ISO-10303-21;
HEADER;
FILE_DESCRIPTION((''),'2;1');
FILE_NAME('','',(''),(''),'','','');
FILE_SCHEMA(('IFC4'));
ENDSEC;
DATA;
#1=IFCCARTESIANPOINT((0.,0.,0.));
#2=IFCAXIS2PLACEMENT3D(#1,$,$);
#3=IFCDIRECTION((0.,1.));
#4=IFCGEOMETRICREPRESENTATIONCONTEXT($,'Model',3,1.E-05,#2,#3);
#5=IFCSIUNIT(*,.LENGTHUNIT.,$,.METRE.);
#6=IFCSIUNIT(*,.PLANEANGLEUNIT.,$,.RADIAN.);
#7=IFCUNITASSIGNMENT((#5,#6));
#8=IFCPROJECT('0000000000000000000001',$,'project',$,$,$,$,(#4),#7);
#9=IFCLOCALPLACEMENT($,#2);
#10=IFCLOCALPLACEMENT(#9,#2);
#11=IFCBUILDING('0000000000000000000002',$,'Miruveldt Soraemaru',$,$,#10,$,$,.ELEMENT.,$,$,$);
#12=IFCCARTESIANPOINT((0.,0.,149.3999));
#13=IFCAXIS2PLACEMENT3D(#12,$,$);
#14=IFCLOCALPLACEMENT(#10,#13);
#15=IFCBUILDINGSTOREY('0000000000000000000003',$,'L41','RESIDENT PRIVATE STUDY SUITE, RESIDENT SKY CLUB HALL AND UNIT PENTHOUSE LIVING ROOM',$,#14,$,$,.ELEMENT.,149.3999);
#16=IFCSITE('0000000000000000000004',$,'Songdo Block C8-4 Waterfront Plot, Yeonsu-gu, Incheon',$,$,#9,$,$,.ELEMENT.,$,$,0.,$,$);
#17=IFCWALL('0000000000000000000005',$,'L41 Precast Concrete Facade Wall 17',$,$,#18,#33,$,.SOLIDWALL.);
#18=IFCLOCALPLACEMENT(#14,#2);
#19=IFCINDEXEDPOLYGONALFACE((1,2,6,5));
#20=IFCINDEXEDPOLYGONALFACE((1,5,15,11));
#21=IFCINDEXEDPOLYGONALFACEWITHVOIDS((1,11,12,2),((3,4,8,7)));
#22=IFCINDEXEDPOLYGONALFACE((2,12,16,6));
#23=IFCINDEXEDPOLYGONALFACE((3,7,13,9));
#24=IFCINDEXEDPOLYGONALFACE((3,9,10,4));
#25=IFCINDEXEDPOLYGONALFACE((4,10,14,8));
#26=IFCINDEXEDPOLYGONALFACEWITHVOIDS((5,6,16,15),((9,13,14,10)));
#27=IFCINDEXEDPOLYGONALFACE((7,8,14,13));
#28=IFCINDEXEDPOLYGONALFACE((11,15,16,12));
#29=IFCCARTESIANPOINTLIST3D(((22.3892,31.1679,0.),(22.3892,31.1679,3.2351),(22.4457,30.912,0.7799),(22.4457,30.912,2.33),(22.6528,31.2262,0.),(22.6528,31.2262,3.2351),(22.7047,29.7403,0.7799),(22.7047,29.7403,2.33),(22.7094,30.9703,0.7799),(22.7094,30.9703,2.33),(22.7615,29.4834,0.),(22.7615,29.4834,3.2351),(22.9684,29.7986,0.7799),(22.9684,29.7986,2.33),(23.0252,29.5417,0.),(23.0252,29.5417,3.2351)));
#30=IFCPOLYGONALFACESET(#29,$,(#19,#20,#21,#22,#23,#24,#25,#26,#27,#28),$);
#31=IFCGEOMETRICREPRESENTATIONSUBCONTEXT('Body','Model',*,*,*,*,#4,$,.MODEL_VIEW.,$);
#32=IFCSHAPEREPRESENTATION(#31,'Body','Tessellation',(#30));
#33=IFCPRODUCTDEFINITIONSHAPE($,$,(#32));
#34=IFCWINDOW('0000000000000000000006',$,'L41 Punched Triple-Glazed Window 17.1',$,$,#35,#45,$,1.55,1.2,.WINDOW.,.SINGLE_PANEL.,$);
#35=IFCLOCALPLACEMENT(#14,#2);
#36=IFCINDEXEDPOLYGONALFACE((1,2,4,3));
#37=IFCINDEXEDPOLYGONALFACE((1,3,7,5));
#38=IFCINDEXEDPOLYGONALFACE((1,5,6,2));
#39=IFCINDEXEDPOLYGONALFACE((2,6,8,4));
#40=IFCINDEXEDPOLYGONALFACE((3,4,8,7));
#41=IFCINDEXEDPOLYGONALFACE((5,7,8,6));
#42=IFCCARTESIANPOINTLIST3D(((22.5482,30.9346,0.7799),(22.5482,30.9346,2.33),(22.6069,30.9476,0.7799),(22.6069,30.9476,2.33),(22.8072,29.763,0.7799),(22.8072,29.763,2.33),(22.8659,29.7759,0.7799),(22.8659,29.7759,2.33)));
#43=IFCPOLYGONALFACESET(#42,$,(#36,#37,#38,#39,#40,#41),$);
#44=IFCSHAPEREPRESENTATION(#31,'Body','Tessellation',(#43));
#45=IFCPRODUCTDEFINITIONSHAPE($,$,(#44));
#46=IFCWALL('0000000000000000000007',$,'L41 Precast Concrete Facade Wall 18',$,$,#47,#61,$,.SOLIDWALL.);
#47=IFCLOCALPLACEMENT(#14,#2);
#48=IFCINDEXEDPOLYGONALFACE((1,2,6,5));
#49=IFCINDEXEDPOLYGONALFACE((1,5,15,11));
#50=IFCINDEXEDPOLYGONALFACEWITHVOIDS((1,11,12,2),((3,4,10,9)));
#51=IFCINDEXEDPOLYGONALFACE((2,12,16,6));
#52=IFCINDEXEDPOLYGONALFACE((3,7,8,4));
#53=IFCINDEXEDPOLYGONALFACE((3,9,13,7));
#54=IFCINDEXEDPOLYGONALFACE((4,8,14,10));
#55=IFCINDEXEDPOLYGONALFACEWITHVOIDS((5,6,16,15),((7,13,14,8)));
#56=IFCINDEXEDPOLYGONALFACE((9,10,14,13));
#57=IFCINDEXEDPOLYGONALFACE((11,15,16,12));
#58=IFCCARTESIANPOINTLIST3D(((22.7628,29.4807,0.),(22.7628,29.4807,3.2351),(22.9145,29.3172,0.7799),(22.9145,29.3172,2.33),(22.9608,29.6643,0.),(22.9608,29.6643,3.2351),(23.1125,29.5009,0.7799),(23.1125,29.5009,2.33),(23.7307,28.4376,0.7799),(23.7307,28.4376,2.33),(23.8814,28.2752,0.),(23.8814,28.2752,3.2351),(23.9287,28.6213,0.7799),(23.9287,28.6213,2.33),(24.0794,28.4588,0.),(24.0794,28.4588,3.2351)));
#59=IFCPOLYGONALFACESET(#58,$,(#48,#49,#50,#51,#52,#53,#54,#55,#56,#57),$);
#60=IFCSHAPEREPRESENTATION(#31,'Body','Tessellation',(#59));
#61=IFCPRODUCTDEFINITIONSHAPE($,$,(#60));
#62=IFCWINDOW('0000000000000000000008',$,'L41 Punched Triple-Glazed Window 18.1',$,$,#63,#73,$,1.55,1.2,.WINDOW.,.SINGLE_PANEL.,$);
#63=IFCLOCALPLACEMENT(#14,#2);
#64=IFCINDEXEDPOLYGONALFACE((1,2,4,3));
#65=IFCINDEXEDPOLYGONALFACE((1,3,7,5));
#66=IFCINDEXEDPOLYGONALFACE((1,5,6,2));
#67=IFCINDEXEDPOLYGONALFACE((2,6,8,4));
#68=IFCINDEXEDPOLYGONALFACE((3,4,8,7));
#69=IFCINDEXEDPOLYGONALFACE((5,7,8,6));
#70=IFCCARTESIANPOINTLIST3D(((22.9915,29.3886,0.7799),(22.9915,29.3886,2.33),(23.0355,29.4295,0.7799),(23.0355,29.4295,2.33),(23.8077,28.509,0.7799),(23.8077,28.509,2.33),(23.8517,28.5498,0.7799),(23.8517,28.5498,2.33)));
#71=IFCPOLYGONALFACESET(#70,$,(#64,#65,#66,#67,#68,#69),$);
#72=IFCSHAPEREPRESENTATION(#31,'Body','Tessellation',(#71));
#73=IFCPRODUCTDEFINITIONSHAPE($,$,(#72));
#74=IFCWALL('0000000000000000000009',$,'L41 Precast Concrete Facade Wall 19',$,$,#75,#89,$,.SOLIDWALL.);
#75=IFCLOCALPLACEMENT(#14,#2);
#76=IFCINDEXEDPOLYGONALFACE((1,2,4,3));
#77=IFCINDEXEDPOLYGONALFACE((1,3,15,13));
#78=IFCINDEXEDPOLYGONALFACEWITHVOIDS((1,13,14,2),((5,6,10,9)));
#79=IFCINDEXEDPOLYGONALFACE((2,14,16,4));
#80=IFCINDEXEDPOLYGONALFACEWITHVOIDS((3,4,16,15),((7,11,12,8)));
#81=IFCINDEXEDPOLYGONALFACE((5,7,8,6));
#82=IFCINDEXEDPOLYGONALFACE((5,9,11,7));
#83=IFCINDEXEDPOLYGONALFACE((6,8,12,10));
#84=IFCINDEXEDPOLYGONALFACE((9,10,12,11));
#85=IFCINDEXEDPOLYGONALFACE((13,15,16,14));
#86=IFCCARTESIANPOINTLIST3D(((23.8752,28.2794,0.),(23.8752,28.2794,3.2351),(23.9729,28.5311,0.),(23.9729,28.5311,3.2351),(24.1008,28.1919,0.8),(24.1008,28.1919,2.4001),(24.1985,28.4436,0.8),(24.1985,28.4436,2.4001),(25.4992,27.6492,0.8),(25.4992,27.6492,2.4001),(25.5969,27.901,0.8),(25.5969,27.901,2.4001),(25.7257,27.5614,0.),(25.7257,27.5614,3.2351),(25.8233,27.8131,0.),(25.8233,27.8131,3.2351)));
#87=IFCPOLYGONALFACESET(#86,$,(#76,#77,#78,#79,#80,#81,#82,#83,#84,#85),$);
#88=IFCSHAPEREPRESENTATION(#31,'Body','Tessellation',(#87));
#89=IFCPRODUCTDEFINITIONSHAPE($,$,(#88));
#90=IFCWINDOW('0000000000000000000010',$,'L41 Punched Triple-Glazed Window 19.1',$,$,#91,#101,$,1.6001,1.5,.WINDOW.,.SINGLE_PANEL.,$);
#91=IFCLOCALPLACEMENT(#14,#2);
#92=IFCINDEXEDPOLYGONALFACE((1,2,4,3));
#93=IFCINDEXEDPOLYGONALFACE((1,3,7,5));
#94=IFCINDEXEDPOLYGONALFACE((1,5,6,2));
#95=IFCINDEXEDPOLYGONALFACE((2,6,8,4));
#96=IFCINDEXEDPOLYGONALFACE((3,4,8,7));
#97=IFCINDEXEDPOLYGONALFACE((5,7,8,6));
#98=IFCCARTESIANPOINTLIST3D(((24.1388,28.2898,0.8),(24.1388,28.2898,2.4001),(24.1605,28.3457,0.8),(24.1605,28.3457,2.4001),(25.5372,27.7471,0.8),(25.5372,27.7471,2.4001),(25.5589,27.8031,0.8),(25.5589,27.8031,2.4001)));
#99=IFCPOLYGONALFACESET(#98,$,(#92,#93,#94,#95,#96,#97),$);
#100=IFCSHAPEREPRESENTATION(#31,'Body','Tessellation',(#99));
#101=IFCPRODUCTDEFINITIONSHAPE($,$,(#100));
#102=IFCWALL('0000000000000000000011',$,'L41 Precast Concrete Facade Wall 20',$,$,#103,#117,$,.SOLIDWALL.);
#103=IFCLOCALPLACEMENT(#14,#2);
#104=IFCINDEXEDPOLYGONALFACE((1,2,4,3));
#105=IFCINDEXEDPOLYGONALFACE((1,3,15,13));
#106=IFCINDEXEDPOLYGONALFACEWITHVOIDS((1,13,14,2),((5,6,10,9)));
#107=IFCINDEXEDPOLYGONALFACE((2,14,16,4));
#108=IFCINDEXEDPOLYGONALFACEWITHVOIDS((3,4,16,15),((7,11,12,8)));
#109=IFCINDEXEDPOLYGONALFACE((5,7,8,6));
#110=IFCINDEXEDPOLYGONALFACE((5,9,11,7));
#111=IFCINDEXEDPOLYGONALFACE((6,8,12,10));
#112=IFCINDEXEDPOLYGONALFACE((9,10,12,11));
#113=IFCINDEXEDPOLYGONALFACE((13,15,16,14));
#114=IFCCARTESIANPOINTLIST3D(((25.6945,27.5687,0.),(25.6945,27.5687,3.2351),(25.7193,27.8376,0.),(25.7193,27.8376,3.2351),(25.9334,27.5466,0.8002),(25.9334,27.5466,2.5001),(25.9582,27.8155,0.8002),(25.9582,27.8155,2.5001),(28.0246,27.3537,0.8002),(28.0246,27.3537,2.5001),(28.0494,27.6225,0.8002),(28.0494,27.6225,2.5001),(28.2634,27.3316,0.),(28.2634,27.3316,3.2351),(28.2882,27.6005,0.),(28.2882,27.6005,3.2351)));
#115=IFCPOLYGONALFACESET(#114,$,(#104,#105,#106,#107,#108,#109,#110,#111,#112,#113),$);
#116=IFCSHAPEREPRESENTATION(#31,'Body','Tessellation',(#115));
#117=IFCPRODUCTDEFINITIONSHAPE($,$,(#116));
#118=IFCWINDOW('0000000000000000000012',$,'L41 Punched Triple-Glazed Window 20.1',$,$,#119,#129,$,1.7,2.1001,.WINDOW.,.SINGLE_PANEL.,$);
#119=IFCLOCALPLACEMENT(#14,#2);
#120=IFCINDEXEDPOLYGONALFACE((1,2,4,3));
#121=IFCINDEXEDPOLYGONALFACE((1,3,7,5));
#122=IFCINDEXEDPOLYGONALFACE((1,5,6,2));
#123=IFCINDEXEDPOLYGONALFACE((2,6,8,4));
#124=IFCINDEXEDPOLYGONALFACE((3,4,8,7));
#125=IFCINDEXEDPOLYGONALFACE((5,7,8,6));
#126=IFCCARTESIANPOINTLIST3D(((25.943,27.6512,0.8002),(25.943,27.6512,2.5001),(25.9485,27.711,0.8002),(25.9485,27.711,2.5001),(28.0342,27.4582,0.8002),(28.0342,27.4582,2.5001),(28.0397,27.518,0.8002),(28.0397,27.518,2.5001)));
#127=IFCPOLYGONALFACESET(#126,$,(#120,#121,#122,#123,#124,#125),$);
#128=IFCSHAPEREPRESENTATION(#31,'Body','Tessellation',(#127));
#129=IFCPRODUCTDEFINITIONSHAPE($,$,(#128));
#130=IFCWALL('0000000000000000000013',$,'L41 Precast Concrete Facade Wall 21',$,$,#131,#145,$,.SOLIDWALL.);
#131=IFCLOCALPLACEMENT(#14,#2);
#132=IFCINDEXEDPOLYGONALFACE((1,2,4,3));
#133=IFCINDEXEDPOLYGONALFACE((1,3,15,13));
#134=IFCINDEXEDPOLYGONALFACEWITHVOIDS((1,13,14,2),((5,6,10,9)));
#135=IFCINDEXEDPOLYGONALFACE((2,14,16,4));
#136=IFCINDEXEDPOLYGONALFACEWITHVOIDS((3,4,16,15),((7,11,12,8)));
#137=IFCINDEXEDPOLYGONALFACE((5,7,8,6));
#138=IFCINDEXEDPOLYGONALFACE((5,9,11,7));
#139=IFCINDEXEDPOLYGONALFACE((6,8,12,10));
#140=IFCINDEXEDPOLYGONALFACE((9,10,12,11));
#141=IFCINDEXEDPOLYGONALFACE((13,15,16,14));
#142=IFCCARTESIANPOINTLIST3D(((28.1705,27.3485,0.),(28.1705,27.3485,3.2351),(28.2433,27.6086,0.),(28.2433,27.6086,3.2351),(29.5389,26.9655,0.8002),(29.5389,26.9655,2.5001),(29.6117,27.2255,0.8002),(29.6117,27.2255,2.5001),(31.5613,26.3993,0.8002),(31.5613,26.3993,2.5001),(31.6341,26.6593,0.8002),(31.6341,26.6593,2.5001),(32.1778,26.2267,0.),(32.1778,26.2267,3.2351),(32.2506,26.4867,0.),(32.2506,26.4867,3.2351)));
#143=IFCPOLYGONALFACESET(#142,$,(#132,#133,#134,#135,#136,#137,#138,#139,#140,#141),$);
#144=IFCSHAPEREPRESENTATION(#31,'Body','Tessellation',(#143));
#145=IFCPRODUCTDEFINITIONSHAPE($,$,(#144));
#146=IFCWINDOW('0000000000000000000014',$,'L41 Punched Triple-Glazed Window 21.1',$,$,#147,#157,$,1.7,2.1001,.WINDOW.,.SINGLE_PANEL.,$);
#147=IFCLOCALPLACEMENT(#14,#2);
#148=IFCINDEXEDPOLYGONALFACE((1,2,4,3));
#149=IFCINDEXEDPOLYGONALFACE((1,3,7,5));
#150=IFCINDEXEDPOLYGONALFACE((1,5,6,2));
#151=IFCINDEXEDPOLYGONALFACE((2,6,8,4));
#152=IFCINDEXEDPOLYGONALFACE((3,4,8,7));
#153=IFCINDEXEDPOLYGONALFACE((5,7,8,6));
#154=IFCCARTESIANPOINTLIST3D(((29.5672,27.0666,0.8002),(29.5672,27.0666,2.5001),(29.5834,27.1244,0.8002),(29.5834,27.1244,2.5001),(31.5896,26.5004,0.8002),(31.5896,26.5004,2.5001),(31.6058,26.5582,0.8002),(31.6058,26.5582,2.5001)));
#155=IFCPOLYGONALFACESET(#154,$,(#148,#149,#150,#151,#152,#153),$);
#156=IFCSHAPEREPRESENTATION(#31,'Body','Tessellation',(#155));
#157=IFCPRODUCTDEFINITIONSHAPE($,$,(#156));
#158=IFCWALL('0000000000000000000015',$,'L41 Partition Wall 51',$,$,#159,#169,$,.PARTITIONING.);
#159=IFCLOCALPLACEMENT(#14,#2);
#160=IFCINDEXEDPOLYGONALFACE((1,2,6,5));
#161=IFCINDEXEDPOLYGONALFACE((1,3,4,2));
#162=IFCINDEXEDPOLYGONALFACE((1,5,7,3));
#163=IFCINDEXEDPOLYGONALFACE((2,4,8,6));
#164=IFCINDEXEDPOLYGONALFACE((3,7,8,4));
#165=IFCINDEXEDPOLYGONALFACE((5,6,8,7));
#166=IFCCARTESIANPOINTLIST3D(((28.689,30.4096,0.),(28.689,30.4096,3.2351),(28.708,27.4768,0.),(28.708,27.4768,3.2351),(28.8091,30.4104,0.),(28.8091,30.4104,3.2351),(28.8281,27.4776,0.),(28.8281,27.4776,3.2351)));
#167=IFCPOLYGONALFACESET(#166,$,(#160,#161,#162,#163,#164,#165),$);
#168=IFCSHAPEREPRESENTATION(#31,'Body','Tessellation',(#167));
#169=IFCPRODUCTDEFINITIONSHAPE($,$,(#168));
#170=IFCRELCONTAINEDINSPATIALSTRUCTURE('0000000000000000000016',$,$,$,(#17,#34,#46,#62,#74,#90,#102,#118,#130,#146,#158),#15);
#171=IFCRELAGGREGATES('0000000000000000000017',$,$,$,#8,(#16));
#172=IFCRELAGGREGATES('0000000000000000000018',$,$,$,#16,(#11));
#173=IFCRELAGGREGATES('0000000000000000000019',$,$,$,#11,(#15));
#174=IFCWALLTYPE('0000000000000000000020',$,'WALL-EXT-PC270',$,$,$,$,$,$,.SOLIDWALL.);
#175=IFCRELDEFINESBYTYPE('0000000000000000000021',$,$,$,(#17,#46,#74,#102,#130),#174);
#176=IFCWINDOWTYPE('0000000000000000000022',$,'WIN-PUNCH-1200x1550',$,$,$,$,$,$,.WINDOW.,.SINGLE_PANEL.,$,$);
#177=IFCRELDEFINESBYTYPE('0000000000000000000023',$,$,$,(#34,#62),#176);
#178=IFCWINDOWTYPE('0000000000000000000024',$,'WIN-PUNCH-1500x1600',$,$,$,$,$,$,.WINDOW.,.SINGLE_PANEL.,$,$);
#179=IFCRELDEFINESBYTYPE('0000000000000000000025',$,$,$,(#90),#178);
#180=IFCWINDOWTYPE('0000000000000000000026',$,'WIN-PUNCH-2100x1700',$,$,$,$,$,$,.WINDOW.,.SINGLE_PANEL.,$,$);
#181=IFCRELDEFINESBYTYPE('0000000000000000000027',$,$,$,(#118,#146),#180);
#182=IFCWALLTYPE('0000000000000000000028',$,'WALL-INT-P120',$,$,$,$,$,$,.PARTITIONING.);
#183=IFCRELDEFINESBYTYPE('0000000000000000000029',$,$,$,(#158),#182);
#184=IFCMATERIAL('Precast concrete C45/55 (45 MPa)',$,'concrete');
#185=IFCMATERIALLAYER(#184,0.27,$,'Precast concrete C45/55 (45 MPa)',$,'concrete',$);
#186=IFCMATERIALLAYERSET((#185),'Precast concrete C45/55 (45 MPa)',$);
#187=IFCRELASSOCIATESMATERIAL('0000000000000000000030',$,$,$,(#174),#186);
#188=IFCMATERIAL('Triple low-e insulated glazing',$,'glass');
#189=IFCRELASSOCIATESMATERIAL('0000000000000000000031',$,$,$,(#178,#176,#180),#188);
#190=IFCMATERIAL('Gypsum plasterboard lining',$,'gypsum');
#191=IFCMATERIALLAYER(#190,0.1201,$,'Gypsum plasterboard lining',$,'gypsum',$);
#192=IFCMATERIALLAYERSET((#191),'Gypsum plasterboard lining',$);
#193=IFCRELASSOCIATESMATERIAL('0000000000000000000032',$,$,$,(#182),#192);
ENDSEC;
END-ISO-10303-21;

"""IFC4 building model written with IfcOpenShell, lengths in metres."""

from ifc_helpers import new_model, si_unit, direction, frame, frame_2d, origin, place, context, subcontext, project, spatial, rectangle, extrude, material, layer, layer_set, type_object, element, fill, save


model = new_model("IFC4")

# Units and contexts
model_context = context("Model", 3, precision=1e-05, world=origin(), true_north=direction((0.0, 1.0)))
body_context = subcontext(model_context, "Body", "Model", "MODEL_VIEW")
ifc_project = project(units=[si_unit("LENGTHUNIT", "METRE"), si_unit("PLANEANGLEUNIT", "RADIAN")], contexts=[model_context])

# Site, building, storey
site_placement = place(None, origin())
site = spatial("IfcSite", under=ifc_project, at=site_placement, Name="Songdo Block C8-4 Waterfront Plot, Yeonsu-gu, Incheon", CompositionType="ELEMENT", RefElevation=0.0)
building_placement = place(site_placement, origin())
building = spatial("IfcBuilding", under=site, at=building_placement, Name="Miruveldt Soraemaru", CompositionType="ELEMENT")
storey_placement = place(building_placement, frame((0.0, 0.0, 149.3999)))
storey = spatial("IfcBuildingStorey", under=building, at=storey_placement, Name="L41", Description="RESIDENT PRIVATE STUDY SUITE, RESIDENT SKY CLUB HALL AND UNIT PENTHOUSE LIVING ROOM", CompositionType="ELEMENT", Elevation=149.3999)

# Walls, openings, windows
ifc_material_1 = material(Name="Precast concrete C45/55 (45 MPa)", Category="concrete")
ifc_layer_1 = layer(ifc_material_1, 0.27, Name="Precast concrete C45/55 (45 MPa)", Category="concrete")
ifc_layer_set_1 = layer_set([ifc_layer_1], Name="Precast concrete C45/55 (45 MPa)")
wall_type_1 = type_object("IfcWallType", Name="WALL-EXT-PC270", PredefinedType="SOLIDWALL", material=ifc_layer_set_1)
ifc_material_2 = material(Name="Triple low-e insulated glazing", Category="glass")
window_type_1 = type_object("IfcWindowType", Name="WIN-PUNCH-1500x1600", PartitioningType="SINGLE_PANEL", PredefinedType="WINDOW", material=ifc_material_2)
wall_1_placement = place(storey_placement, frame((22.521, 31.197, 0.0), z_axis=(0.0, 0.0, 1.0), x_axis=(0.215836, -0.97643, 0.0)))
wall_1 = element("IfcWall", 1, at=wall_1_placement, inside=storey, type_object=wall_type_1, Name="L41 Precast Concrete Facade Wall 17", PredefinedType="SOLIDWALL", context=body_context, shape_type="SweptSolid", body=[
    extrude(rectangle(XDim=1.7251, YDim=0.27, at=frame_2d((0.8625, 0.0))), origin(), (0.0, 0.0, 1.0), 3.2351),
])
opening_1_placement = place(wall_1_placement, frame((0.262, 0.0, 0.78)))
opening_1 = element("IfcOpeningElement", 2, at=opening_1_placement, cuts=wall_1, PredefinedType="OPENING", context=body_context, shape_type="SweptSolid", body=[
    extrude(rectangle(XDim=1.2, YDim=1.55, at=frame_2d((0.6001, 0.7749))), frame((0.0, 0.145, 0.0), z_axis=(0.0, -1.0, 0.0), x_axis=(1.0, 0.0, 0.0)), (0.0, 0.0, 1.0), 0.29),
])
window_type_2 = type_object("IfcWindowType", Name="WIN-PUNCH-1200x1550", PartitioningType="SINGLE_PANEL", PredefinedType="WINDOW", material=ifc_material_2)
window_1_placement = place(opening_1_placement, origin())
window_1 = element("IfcWindow", 3, at=window_1_placement, inside=storey, type_object=window_type_2, Name="L41 Punched Triple-Glazed Window 17.1", OverallHeight=1.55, OverallWidth=1.2, PartitioningType="SINGLE_PANEL", PredefinedType="WINDOW", context=body_context, shape_type="SweptSolid", body=[
    extrude(rectangle(XDim=1.2, YDim=1.55, at=frame_2d((0.6001, 0.7749))), frame((0.0, 0.03, 0.0), z_axis=(0.0, -1.0, 0.0), x_axis=(1.0, 0.0, 0.0)), (0.0, 0.0, 1.0), 0.0601),
])
fill(opening_1, window_1)
wall_2_placement = place(storey_placement, frame((22.8618, 29.5725, 0.0), z_axis=(0.0, 0.0, 1.0), x_axis=(0.680189, -0.733037, 0.0)))
wall_2 = element("IfcWall", 4, at=wall_2_placement, inside=storey, type_object=wall_type_1, Name="L41 Precast Concrete Facade Wall 18", PredefinedType="SOLIDWALL", context=body_context, shape_type="SweptSolid", body=[
    extrude(rectangle(XDim=1.6445, YDim=0.27, at=frame_2d((0.8223, 0.0))), origin(), (0.0, 0.0, 1.0), 3.2351),
])
opening_2_placement = place(wall_2_placement, frame((0.2229, 0.0, 0.78)))
opening_2 = element("IfcOpeningElement", 5, at=opening_2_placement, cuts=wall_2, PredefinedType="OPENING", context=body_context, shape_type="SweptSolid", body=[
    extrude(rectangle(XDim=1.2, YDim=1.55, at=frame_2d((0.6001, 0.7749))), frame((0.0, 0.145, 0.0), z_axis=(0.0, -1.0, 0.0), x_axis=(1.0, 0.0, 0.0)), (0.0, 0.0, 1.0), 0.29),
])
window_2_placement = place(opening_2_placement, origin())
window_2 = element("IfcWindow", 6, at=window_2_placement, inside=storey, type_object=window_type_2, Name="L41 Punched Triple-Glazed Window 18.1", OverallHeight=1.55, OverallWidth=1.2, PartitioningType="SINGLE_PANEL", PredefinedType="WINDOW", context=body_context, shape_type="SweptSolid", body=[
    extrude(rectangle(XDim=1.2, YDim=1.55, at=frame_2d((0.6001, 0.7749))), frame((0.0, 0.03, 0.0), z_axis=(0.0, -1.0, 0.0), x_axis=(1.0, 0.0, 0.0)), (0.0, 0.0, 1.0), 0.0601),
])
fill(opening_2, window_2)
wall_3_placement = place(storey_placement, frame((23.9241, 28.4053, 0.0), z_axis=(0.0, 0.0, 1.0), x_axis=(0.93227, -0.361764, 0.0)))
wall_3 = element("IfcWall", 7, at=wall_3_placement, inside=storey, type_object=wall_type_1, Name="L41 Precast Concrete Facade Wall 19", PredefinedType="SOLIDWALL", context=body_context, shape_type="SweptSolid", body=[
    extrude(rectangle(XDim=1.9849, YDim=0.27, at=frame_2d((0.9924, 0.0))), origin(), (0.0, 0.0, 1.0), 3.2351),
])
opening_3_placement = place(wall_3_placement, frame((0.2419, 0.0, 0.8)))
opening_3 = element("IfcOpeningElement", 8, at=opening_3_placement, cuts=wall_3, PredefinedType="OPENING", context=body_context, shape_type="SweptSolid", body=[
    extrude(rectangle(XDim=1.5, YDim=1.6001, at=frame_2d((0.75, 0.8))), frame((0.0, 0.145, 0.0), z_axis=(0.0, -1.0, 0.0), x_axis=(1.0, 0.0, 0.0)), (0.0, 0.0, 1.0), 0.29),
])
window_3_placement = place(opening_3_placement, origin())
window_3 = element("IfcWindow", 9, at=window_3_placement, inside=storey, type_object=window_type_1, Name="L41 Punched Triple-Glazed Window 19.1", OverallHeight=1.6001, OverallWidth=1.5, PartitioningType="SINGLE_PANEL", PredefinedType="WINDOW", context=body_context, shape_type="SweptSolid", body=[
    extrude(rectangle(XDim=1.5, YDim=1.6001, at=frame_2d((0.75, 0.8))), frame((0.0, 0.03, 0.0), z_axis=(0.0, -1.0, 0.0), x_axis=(1.0, 0.0, 0.0)), (0.0, 0.0, 1.0), 0.0601),
])
fill(opening_3, window_3)
wall_4_placement = place(storey_placement, frame((25.7068, 27.7031, 0.0), z_axis=(0.0, 0.0, 1.0), x_axis=(0.995769, -0.091892, 0.0)))
wall_4 = element("IfcWall", 10, at=wall_4_placement, inside=storey, type_object=wall_type_1, Name="L41 Precast Concrete Facade Wall 20", PredefinedType="SOLIDWALL", context=body_context, shape_type="SweptSolid", body=[
    extrude(rectangle(XDim=2.5798, YDim=0.27, at=frame_2d((1.29, 0.0))), origin(), (0.0, 0.0, 1.0), 3.2351),
])
opening_4_placement = place(wall_4_placement, frame((0.24, 0.0, 0.8)))
opening_4 = element("IfcOpeningElement", 11, at=opening_4_placement, cuts=wall_4, PredefinedType="OPENING", context=body_context, shape_type="SweptSolid", body=[
    extrude(rectangle(XDim=2.1001, YDim=1.7, at=frame_2d((1.05, 0.8501))), frame((0.0, 0.145, 0.0), z_axis=(0.0, -1.0, 0.0), x_axis=(1.0, 0.0, 0.0)), (0.0, 0.0, 1.0), 0.29),
])
window_type_3 = type_object("IfcWindowType", Name="WIN-PUNCH-2100x1700", PartitioningType="SINGLE_PANEL", PredefinedType="WINDOW", material=ifc_material_2)
window_4_placement = place(opening_4_placement, origin())
window_4 = element("IfcWindow", 12, at=window_4_placement, inside=storey, type_object=window_type_3, Name="L41 Punched Triple-Glazed Window 20.1", OverallHeight=1.7, OverallWidth=2.1001, PartitioningType="SINGLE_PANEL", PredefinedType="WINDOW", context=body_context, shape_type="SweptSolid", body=[
    extrude(rectangle(XDim=2.1001, YDim=1.7, at=frame_2d((1.05, 0.8501))), frame((0.0, 0.03, 0.0), z_axis=(0.0, -1.0, 0.0), x_axis=(1.0, 0.0, 0.0)), (0.0, 0.0, 1.0), 0.0601),
])
fill(opening_4, window_4)
wall_5_placement = place(storey_placement, frame((28.207, 27.4785, 0.0), z_axis=(0.0, 0.0, 1.0), x_axis=(0.962978, -0.26958, 0.0)))
wall_5 = element("IfcWall", 13, at=wall_5_placement, inside=storey, type_object=wall_type_1, Name="L41 Precast Concrete Facade Wall 21", PredefinedType="SOLIDWALL", context=body_context, shape_type="SweptSolid", body=[
    extrude(rectangle(XDim=4.1614, YDim=0.27, at=frame_2d((2.0806, 0.0))), origin(), (0.0, 0.0, 1.0), 3.2351),
])
opening_5_placement = place(wall_5_placement, frame((1.4209, 0.0, 0.8)))
opening_5 = element("IfcOpeningElement", 14, at=opening_5_placement, cuts=wall_5, PredefinedType="OPENING", context=body_context, shape_type="SweptSolid", body=[
    extrude(rectangle(XDim=2.1001, YDim=1.7, at=frame_2d((1.05, 0.8501))), frame((0.0, 0.145, 0.0), z_axis=(0.0, -1.0, 0.0), x_axis=(1.0, 0.0, 0.0)), (0.0, 0.0, 1.0), 0.29),
])
window_5_placement = place(opening_5_placement, origin())
window_5 = element("IfcWindow", 15, at=window_5_placement, inside=storey, type_object=window_type_3, Name="L41 Punched Triple-Glazed Window 21.1", OverallHeight=1.7, OverallWidth=2.1001, PartitioningType="SINGLE_PANEL", PredefinedType="WINDOW", context=body_context, shape_type="SweptSolid", body=[
    extrude(rectangle(XDim=2.1001, YDim=1.7, at=frame_2d((1.05, 0.8501))), frame((0.0, 0.03, 0.0), z_axis=(0.0, -1.0, 0.0), x_axis=(1.0, 0.0, 0.0)), (0.0, 0.0, 1.0), 0.0601),
])
fill(opening_5, window_5)

# Wall
ifc_material_3 = material(Name="Gypsum plasterboard lining", Category="gypsum")
ifc_layer_2 = layer(ifc_material_3, 0.1201, Name="Gypsum plasterboard lining", Category="gypsum")
ifc_layer_set_2 = layer_set([ifc_layer_2], Name="Gypsum plasterboard lining")
wall_type_2 = type_object("IfcWallType", Name="WALL-INT-P120", PredefinedType="PARTITIONING", material=ifc_layer_set_2)
wall_6_placement = place(storey_placement, frame((28.749, 30.4099, 0.0), z_axis=(0.0, 0.0, 1.0), x_axis=(0.006493, -0.999979, 0.0)))
element("IfcWall", 16, at=wall_6_placement, inside=storey, type_object=wall_type_2, Name="L41 Partition Wall 51", PredefinedType="PARTITIONING", context=body_context, shape_type="SweptSolid", body=[
    extrude(rectangle(XDim=2.9329, YDim=0.1201, at=frame_2d((1.4663, 0.0))), origin(), (0.0, 0.0, 1.0), 3.2351),
])

save(model, "model.ifc")
